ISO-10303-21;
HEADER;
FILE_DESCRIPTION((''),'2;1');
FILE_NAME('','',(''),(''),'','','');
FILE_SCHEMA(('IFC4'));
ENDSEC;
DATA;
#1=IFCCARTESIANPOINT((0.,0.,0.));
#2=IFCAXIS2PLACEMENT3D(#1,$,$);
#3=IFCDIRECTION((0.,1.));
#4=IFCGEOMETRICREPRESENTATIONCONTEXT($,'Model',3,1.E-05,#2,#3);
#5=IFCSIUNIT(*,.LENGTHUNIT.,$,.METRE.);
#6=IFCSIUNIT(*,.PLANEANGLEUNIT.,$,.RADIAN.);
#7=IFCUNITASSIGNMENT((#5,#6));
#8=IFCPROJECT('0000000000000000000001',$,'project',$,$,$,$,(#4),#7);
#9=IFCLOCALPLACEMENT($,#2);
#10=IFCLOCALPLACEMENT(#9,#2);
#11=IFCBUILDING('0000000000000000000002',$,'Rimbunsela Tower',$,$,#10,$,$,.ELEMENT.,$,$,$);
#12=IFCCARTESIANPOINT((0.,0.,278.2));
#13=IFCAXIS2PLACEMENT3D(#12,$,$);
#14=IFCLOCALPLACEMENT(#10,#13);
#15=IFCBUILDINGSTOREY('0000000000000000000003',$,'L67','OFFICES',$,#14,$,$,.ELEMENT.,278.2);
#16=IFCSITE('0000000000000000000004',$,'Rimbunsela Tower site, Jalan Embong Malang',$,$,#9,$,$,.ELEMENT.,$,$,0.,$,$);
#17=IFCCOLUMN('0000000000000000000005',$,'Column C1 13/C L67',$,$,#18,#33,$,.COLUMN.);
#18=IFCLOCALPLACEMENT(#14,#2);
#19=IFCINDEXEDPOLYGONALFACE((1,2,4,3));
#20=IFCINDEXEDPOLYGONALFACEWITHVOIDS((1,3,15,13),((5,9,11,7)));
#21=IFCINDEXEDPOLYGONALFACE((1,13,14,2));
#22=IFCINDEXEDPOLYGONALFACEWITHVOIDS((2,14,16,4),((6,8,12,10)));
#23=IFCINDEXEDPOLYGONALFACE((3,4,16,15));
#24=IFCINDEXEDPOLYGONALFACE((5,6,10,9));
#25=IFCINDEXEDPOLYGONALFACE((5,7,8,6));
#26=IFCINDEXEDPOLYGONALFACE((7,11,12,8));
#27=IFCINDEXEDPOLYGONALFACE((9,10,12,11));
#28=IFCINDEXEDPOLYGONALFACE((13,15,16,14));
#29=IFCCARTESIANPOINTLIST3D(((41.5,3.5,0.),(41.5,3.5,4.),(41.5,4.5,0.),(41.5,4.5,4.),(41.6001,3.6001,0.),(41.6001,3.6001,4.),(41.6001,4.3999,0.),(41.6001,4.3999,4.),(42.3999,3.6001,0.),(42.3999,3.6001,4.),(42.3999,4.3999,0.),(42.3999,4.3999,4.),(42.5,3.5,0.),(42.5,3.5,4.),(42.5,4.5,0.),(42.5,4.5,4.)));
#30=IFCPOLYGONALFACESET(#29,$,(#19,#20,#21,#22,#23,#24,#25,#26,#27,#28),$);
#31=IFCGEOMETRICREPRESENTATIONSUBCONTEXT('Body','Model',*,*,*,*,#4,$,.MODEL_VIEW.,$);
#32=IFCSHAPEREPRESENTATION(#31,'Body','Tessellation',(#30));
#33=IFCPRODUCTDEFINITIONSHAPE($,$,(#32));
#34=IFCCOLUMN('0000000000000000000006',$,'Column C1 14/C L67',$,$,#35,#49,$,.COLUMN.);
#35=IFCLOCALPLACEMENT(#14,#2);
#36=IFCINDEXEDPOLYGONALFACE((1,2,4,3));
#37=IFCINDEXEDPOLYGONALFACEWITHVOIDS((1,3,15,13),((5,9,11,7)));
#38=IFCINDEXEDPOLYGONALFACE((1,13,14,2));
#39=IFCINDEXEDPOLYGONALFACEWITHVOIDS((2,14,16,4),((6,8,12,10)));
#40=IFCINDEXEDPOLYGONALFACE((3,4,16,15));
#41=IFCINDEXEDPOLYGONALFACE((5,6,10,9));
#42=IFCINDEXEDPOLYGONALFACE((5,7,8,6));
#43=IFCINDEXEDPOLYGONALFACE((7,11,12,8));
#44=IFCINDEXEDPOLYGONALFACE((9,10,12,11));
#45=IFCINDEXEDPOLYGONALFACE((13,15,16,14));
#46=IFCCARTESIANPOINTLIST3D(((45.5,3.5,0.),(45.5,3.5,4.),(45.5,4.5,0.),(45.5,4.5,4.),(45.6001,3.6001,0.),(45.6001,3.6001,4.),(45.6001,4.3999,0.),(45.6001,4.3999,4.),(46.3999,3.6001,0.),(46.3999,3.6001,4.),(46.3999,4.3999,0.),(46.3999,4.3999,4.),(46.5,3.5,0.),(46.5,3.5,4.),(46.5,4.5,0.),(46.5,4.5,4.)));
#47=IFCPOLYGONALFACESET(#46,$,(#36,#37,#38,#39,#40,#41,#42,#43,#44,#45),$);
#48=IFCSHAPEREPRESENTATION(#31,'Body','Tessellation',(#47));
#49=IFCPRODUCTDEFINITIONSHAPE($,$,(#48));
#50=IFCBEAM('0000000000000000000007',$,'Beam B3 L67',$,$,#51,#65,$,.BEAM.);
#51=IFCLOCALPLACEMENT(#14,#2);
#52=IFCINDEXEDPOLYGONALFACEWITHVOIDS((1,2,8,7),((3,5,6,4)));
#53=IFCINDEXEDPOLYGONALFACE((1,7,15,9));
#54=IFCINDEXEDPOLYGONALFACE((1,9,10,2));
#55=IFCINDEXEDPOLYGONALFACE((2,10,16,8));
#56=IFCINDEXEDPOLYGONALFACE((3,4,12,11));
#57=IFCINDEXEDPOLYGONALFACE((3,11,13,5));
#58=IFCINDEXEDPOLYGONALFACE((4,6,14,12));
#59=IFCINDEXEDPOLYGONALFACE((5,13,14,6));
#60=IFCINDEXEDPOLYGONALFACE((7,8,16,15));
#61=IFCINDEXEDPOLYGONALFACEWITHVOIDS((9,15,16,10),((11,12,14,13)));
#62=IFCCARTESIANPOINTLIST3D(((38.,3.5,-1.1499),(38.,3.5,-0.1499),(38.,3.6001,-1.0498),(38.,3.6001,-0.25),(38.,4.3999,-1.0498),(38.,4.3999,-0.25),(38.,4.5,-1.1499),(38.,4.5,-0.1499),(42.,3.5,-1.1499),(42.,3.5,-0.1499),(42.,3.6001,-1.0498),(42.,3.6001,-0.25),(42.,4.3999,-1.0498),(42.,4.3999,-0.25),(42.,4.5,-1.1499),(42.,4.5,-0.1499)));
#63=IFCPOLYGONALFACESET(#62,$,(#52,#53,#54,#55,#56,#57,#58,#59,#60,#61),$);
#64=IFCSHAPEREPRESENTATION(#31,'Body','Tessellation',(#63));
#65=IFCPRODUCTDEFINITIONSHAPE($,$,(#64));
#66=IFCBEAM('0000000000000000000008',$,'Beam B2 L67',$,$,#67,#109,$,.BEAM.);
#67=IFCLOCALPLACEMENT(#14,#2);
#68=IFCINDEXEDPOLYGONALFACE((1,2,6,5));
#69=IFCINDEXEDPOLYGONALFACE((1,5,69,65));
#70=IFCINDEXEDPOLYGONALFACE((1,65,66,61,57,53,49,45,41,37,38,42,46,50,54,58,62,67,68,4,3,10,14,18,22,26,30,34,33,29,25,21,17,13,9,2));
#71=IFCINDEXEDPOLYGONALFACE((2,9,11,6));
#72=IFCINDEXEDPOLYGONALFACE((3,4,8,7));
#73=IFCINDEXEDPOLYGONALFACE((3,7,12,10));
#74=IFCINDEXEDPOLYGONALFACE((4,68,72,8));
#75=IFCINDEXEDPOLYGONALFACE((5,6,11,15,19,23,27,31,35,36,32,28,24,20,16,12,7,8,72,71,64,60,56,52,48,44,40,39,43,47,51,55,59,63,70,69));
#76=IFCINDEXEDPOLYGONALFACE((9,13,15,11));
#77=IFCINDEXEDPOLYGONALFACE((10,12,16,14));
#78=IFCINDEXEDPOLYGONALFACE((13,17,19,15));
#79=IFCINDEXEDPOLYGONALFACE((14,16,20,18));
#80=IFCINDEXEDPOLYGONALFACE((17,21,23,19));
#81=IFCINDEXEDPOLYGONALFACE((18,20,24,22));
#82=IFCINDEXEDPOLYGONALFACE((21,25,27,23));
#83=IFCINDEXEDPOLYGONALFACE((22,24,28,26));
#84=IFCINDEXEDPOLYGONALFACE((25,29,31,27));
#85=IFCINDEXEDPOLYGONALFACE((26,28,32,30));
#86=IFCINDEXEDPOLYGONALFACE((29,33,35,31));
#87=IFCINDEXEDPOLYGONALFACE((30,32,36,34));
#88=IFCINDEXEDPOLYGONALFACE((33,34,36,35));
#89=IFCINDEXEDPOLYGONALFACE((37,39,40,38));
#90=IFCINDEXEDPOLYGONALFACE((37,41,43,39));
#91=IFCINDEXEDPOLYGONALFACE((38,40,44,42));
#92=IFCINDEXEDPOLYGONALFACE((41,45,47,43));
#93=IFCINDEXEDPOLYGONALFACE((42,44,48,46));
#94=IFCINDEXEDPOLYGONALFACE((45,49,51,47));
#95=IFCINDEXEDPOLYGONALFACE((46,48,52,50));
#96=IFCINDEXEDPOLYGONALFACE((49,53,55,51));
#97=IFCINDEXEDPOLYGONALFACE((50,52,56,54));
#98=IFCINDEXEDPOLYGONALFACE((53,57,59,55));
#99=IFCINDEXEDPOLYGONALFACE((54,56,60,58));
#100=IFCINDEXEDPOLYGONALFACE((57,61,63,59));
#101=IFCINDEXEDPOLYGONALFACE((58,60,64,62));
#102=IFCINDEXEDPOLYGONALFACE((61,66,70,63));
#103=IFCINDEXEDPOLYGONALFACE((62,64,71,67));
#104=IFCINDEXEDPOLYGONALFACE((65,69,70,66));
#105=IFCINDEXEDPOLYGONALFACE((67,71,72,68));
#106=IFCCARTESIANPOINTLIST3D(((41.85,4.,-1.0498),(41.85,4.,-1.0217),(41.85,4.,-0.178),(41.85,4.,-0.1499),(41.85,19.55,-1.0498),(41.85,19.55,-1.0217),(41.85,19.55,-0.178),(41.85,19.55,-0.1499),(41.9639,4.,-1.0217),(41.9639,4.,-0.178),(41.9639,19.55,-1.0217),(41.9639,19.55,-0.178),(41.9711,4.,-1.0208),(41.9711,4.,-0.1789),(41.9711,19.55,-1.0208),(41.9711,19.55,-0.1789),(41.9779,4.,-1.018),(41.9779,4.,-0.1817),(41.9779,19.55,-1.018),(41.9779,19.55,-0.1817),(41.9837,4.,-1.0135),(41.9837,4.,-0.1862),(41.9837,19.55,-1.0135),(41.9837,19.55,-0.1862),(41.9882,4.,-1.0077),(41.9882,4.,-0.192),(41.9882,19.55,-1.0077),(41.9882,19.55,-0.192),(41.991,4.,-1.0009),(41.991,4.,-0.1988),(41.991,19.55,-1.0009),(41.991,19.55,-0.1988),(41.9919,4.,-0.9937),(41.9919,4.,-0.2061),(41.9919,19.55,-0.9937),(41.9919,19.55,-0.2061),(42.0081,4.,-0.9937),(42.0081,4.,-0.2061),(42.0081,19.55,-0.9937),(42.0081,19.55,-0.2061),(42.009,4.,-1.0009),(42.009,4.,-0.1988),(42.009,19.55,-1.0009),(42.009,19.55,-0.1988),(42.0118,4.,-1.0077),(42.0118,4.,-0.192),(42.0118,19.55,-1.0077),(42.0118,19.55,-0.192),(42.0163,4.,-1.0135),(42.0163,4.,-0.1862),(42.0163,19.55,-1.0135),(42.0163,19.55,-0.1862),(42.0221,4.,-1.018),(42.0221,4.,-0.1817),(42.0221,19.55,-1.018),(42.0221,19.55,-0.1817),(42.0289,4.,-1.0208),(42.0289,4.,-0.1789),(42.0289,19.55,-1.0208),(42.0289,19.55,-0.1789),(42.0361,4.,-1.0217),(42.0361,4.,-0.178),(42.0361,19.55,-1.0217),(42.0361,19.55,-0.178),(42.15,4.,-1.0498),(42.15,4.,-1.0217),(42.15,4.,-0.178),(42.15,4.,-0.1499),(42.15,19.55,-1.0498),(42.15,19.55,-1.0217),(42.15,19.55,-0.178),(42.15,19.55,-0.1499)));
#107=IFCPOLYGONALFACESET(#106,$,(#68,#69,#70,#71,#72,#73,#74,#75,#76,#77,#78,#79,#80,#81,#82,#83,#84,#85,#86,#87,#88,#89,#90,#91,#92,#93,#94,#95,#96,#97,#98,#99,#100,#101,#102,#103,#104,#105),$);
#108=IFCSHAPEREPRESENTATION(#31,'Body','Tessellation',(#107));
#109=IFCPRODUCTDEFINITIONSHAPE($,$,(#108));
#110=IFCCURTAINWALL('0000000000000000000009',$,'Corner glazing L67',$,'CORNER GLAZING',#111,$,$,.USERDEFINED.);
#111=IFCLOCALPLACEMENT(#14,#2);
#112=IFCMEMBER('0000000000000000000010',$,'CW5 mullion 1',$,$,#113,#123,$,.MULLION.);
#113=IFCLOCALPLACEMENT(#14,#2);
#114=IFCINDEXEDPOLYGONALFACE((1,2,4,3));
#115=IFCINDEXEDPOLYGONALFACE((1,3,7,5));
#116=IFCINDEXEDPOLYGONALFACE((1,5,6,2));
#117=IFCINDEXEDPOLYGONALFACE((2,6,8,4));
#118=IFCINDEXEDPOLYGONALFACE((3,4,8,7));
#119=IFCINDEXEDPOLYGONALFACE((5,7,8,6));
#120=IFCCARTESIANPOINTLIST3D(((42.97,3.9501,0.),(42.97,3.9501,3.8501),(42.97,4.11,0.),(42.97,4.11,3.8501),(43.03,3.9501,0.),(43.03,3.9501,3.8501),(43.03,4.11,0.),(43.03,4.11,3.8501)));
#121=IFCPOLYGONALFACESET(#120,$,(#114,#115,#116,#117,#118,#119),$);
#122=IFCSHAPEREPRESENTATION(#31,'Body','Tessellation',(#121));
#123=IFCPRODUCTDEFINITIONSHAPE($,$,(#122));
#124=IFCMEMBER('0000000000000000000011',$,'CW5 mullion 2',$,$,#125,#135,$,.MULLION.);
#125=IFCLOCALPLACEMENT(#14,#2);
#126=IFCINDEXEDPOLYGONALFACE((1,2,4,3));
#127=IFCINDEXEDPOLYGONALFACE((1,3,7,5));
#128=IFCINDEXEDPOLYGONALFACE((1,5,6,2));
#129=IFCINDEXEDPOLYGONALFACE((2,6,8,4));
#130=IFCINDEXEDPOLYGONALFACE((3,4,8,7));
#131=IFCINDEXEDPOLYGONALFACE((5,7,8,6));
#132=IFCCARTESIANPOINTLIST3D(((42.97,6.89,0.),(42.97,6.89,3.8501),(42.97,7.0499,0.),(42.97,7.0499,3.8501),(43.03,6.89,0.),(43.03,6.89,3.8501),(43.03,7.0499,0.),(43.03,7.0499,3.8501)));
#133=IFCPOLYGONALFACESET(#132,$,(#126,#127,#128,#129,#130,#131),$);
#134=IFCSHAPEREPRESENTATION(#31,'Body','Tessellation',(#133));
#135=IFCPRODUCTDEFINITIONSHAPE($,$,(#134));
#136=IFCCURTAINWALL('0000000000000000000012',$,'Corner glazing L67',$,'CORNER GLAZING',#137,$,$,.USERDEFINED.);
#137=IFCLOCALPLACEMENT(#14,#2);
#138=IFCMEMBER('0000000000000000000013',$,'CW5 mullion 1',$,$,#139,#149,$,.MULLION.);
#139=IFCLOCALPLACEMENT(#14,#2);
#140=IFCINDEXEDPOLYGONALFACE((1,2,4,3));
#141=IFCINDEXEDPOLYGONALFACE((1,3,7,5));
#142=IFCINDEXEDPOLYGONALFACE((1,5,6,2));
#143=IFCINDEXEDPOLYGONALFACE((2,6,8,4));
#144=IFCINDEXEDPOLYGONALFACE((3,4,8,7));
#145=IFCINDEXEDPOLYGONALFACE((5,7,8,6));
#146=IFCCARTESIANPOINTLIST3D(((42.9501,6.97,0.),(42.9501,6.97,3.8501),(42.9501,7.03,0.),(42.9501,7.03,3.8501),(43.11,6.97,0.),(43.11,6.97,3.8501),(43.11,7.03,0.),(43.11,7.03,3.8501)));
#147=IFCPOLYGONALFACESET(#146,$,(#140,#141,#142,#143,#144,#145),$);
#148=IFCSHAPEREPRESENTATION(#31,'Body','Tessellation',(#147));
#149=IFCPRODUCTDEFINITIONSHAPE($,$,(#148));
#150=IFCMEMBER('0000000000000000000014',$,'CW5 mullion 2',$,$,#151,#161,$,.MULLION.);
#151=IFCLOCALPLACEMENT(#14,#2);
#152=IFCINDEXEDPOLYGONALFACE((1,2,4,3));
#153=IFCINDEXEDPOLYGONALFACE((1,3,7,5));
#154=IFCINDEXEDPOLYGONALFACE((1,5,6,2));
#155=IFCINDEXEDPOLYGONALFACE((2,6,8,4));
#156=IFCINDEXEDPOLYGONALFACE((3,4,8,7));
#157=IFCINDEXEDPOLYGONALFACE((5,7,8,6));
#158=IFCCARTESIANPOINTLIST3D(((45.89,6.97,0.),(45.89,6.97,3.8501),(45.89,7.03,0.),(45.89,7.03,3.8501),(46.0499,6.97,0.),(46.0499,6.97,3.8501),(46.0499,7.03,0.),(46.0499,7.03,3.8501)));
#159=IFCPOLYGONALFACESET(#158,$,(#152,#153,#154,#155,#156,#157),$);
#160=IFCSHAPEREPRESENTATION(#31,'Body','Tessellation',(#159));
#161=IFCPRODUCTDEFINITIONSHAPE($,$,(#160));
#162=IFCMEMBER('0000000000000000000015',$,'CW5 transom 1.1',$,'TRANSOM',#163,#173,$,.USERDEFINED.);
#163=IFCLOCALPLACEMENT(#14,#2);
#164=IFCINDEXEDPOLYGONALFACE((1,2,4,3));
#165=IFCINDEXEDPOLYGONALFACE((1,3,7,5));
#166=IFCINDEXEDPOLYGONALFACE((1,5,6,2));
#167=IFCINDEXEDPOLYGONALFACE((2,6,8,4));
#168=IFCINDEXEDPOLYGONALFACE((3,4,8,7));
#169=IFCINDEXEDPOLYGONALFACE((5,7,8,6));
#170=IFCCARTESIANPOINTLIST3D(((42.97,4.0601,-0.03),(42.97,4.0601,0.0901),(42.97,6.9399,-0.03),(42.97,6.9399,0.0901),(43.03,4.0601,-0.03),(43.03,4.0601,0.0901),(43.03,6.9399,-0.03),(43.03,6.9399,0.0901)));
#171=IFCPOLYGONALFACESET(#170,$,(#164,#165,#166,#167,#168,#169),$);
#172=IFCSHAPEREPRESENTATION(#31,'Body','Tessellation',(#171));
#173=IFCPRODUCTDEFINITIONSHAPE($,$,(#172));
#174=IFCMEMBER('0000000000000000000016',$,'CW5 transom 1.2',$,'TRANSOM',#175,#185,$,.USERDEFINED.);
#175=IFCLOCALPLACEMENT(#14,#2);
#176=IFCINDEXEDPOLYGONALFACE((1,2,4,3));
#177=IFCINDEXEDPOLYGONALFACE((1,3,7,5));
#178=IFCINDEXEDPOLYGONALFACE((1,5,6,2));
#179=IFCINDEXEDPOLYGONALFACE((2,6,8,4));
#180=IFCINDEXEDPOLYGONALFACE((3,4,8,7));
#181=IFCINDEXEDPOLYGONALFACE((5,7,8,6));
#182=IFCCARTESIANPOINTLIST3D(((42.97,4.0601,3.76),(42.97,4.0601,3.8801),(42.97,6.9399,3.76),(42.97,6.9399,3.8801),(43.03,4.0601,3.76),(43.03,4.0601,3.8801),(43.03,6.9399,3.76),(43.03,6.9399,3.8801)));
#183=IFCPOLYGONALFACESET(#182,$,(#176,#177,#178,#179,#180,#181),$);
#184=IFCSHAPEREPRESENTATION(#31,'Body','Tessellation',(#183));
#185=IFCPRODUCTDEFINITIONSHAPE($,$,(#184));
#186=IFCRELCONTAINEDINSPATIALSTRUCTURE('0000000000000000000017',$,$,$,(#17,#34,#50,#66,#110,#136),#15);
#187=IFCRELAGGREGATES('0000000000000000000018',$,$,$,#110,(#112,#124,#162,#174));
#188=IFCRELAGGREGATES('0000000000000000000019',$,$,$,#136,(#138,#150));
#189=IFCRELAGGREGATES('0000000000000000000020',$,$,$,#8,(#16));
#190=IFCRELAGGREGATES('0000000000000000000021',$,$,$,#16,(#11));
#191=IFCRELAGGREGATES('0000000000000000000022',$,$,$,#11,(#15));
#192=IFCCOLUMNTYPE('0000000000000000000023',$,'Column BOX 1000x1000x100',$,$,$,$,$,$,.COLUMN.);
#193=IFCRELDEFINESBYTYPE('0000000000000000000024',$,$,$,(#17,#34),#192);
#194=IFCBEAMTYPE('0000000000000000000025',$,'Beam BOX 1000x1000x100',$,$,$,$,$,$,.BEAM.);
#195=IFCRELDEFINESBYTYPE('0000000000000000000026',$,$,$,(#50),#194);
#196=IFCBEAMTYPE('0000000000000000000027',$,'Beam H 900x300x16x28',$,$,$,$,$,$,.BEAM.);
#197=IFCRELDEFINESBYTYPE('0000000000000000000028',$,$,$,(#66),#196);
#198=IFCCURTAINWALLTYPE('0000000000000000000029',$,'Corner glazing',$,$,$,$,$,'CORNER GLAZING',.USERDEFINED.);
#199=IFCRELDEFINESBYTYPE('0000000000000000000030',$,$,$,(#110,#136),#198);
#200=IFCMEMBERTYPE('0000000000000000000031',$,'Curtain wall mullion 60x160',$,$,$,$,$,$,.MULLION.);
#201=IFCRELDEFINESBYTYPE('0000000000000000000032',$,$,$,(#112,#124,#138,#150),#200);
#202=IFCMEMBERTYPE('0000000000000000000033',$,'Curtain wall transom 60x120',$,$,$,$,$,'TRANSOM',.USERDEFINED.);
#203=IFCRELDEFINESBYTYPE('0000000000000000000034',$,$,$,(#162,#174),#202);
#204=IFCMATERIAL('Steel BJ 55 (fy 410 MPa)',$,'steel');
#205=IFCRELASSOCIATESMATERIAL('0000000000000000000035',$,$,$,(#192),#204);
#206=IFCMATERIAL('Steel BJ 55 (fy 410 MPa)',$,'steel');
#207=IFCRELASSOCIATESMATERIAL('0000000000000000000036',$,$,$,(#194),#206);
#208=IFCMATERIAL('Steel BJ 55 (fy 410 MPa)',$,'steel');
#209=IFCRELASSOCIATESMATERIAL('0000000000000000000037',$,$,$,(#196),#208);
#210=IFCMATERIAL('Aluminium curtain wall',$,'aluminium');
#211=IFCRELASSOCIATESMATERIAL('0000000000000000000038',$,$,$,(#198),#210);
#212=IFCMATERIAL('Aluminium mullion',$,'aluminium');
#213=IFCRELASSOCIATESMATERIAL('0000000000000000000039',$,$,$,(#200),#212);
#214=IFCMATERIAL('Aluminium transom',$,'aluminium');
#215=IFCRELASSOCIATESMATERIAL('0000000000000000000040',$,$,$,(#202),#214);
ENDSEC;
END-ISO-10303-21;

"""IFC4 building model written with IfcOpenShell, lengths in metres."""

from ifc_helpers import new_model, si_unit, direction, frame, origin, origin_2d, place, context, subcontext, project, spatial, rectangle, hollow_rectangle, i_section, extrude, material, material_profile, profile_set, type_object, element, aggregate, save


model = new_model("IFC4")

# Units and contexts
model_context = context("Model", 3, precision=1e-05, world=origin(), true_north=direction((0.0, 1.0)))
body_context = subcontext(model_context, "Body", "Model", "MODEL_VIEW")
ifc_project = project(units=[si_unit("LENGTHUNIT", "METRE"), si_unit("PLANEANGLEUNIT", "RADIAN")], contexts=[model_context])

# Site, building, storey
site_placement = place(None, origin())
site = spatial("IfcSite", under=ifc_project, at=site_placement, Name="Rimbunsela Tower site, Jalan Embong Malang", CompositionType="ELEMENT", RefElevation=0.0)
building_placement = place(site_placement, origin())
building = spatial("IfcBuilding", under=site, at=building_placement, Name="Rimbunsela Tower", CompositionType="ELEMENT")
storey_placement = place(building_placement, frame((0.0, 0.0, 278.2)))
storey = spatial("IfcBuildingStorey", under=building, at=storey_placement, Name="L67", Description="OFFICES", CompositionType="ELEMENT", Elevation=278.2)

# Columns
ifc_material_1 = material(Name="Steel BJ 55 (fy 410 MPa)", Category="steel")
ifc_material_profile_1 = material_profile(ifc_material_1, hollow_rectangle(XDim=1.0, YDim=1.0, WallThickness=0.1001, at=origin_2d()), Name="BOX 1000x1000x100")
ifc_profile_set_1 = profile_set([ifc_material_profile_1], Name="Steel BJ 55 (fy 410 MPa)")
column_type = type_object("IfcColumnType", Name="Column BOX 1000x1000x100", PredefinedType="COLUMN", material=ifc_profile_set_1)
for number, where, z_axis, x_axis, name in (
    (1, (42.0, 4.0, 0.0), (0.0, 0.0, 1.0), (1.0, 0.0, 0.0), "Column C1 13/C L67"),
    (2, (46.0, 4.0, 0.0), (0.0, 0.0, 1.0), (1.0, 0.0, 0.0), "Column C1 14/C L67"),
):
    element("IfcColumn", number, at=place(storey_placement, frame(where, z_axis=z_axis, x_axis=x_axis)), inside=storey, type_object=column_type, Name=name, PredefinedType="COLUMN", context=body_context, shape_type="SweptSolid", body=[
        extrude(hollow_rectangle(XDim=1.0, YDim=1.0, WallThickness=0.1001, at=origin_2d()), origin(), (0.0, 0.0, 1.0), 4.0),
    ])

# Beams
ifc_material_2 = material(Name="Steel BJ 55 (fy 410 MPa)", Category="steel")
ifc_material_profile_2 = material_profile(ifc_material_2, hollow_rectangle(XDim=1.0, YDim=1.0, WallThickness=0.1001, at=origin_2d()), Name="BOX 1000x1000x100")
ifc_profile_set_2 = profile_set([ifc_material_profile_2], Name="Steel BJ 55 (fy 410 MPa)")
beam_type_1 = type_object("IfcBeamType", Name="Beam BOX 1000x1000x100", PredefinedType="BEAM", material=ifc_profile_set_2)
beam_1_placement = place(storey_placement, frame((38.0, 4.0, -0.6499), z_axis=(1.0, 0.0, 0.0), x_axis=(0.0, 1.0, 0.0)))
element("IfcBeam", 3, at=beam_1_placement, inside=storey, type_object=beam_type_1, Name="Beam B3 L67", PredefinedType="BEAM", context=body_context, shape_type="SweptSolid", body=[
    extrude(hollow_rectangle(XDim=1.0, YDim=1.0, WallThickness=0.1001, at=origin_2d()), origin(), (0.0, 0.0, 1.0), 4.0),
])
ifc_material_3 = material(Name="Steel BJ 55 (fy 410 MPa)", Category="steel")
ifc_material_profile_3 = material_profile(ifc_material_3, i_section(OverallWidth=0.3, OverallDepth=0.8999, WebThickness=0.0161, FlangeThickness=0.0281, FilletRadius=0.0281, at=origin_2d()), Name="H 900x300x16x28")
ifc_profile_set_3 = profile_set([ifc_material_profile_3], Name="Steel BJ 55 (fy 410 MPa)")
beam_type_2 = type_object("IfcBeamType", Name="Beam H 900x300x16x28", PredefinedType="BEAM", material=ifc_profile_set_3)
beam_2_placement = place(storey_placement, frame((42.0, 4.0, -0.5999), z_axis=(0.0, 1.0, 0.0), x_axis=(-1.0, 0.0, 0.0)))
element("IfcBeam", 4, at=beam_2_placement, inside=storey, type_object=beam_type_2, Name="Beam B2 L67", PredefinedType="BEAM", context=body_context, shape_type="SweptSolid", body=[
    extrude(i_section(OverallWidth=0.3, OverallDepth=0.8999, WebThickness=0.0161, FlangeThickness=0.0281, FilletRadius=0.0281, at=origin_2d()), origin(), (0.0, 0.0, 1.0), 15.55),
])

# Curtain walls, members
ifc_material_4 = material(Name="Aluminium curtain wall", Category="aluminium")
curtain_wall_type = type_object("IfcCurtainWallType", Name="Corner glazing", ElementType="CORNER GLAZING", PredefinedType="USERDEFINED", material=ifc_material_4)
curtain_wall_1_placement = place(storey_placement, origin())
curtain_wall_1 = element("IfcCurtainWall", 5, at=curtain_wall_1_placement, inside=storey, type_object=curtain_wall_type, Name="Corner glazing L67", ObjectType="CORNER GLAZING", PredefinedType="USERDEFINED")
ifc_material_5 = material(Name="Aluminium mullion", Category="aluminium")
ifc_material_profile_4 = material_profile(ifc_material_5, rectangle(XDim=0.0601, YDim=0.1599, at=origin_2d()), Name="Mullion 60x160")
ifc_profile_set_4 = profile_set([ifc_material_profile_4], Name="Aluminium mullion")
member_type_1 = type_object("IfcMemberType", Name="Curtain wall mullion 60x160", PredefinedType="MULLION", material=ifc_profile_set_4)
member_1_placement = place(storey_placement, frame((43.0, 4.03, 0.0), z_axis=(0.0, 0.0, 1.0), x_axis=(-1.0, 0.0, 0.0)))
member_1 = element("IfcMember", 6, at=member_1_placement, type_object=member_type_1, Name="CW5 mullion 1", PredefinedType="MULLION", context=body_context, shape_type="SweptSolid", body=[
    extrude(rectangle(XDim=0.0601, YDim=0.1599, at=origin_2d()), origin(), (0.0, 0.0, 1.0), 3.8501),
])
member_2_placement = place(storey_placement, frame((43.0, 6.97, 0.0), z_axis=(0.0, 0.0, 1.0), x_axis=(-1.0, 0.0, 0.0)))
member_2 = element("IfcMember", 7, at=member_2_placement, type_object=member_type_1, Name="CW5 mullion 2", PredefinedType="MULLION", context=body_context, shape_type="SweptSolid", body=[
    extrude(rectangle(XDim=0.0601, YDim=0.1599, at=origin_2d()), origin(), (0.0, 0.0, 1.0), 3.8501),
])
curtain_wall_2_placement = place(storey_placement, origin())
curtain_wall_2 = element("IfcCurtainWall", 8, at=curtain_wall_2_placement, inside=storey, type_object=curtain_wall_type, Name="Corner glazing L67", ObjectType="CORNER GLAZING", PredefinedType="USERDEFINED")
member_3_placement = place(storey_placement, frame((43.03, 7.0, 0.0), z_axis=(0.0, 0.0, 1.0), x_axis=(0.0, 1.0, 0.0)))
member_3 = element("IfcMember", 9, at=member_3_placement, type_object=member_type_1, Name="CW5 mullion 1", PredefinedType="MULLION", context=body_context, shape_type="SweptSolid", body=[
    extrude(rectangle(XDim=0.0601, YDim=0.1599, at=origin_2d()), origin(), (0.0, 0.0, 1.0), 3.8501),
])
member_4_placement = place(storey_placement, frame((45.97, 7.0, 0.0), z_axis=(0.0, 0.0, 1.0), x_axis=(0.0, 1.0, 0.0)))
member_4 = element("IfcMember", 10, at=member_4_placement, type_object=member_type_1, Name="CW5 mullion 2", PredefinedType="MULLION", context=body_context, shape_type="SweptSolid", body=[
    extrude(rectangle(XDim=0.0601, YDim=0.1599, at=origin_2d()), origin(), (0.0, 0.0, 1.0), 3.8501),
])

# Members
ifc_material_6 = material(Name="Aluminium transom", Category="aluminium")
ifc_material_profile_5 = material_profile(ifc_material_6, rectangle(XDim=0.0601, YDim=0.1201, at=origin_2d()), Name="Transom 60x120")
ifc_profile_set_5 = profile_set([ifc_material_profile_5], Name="Aluminium transom")
member_type_2 = type_object("IfcMemberType", Name="Curtain wall transom 60x120", ElementType="TRANSOM", PredefinedType="USERDEFINED", material=ifc_profile_set_5)
member_5_placement = place(storey_placement, frame((43.0, 4.0601, 0.03), z_axis=(0.0, 1.0, 0.0), x_axis=(-1.0, 0.0, 0.0)))
member_5 = element("IfcMember", 11, at=member_5_placement, type_object=member_type_2, Name="CW5 transom 1.1", ObjectType="TRANSOM", PredefinedType="USERDEFINED", context=body_context, shape_type="SweptSolid", body=[
    extrude(rectangle(XDim=0.0601, YDim=0.1201, at=origin_2d()), origin(), (0.0, 0.0, 1.0), 2.8799),
])
member_6_placement = place(storey_placement, frame((43.0, 4.0601, 3.8201), z_axis=(0.0, 1.0, 0.0), x_axis=(-1.0, 0.0, 0.0)))
member_6 = element("IfcMember", 12, at=member_6_placement, type_object=member_type_2, Name="CW5 transom 1.2", ObjectType="TRANSOM", PredefinedType="USERDEFINED", context=body_context, shape_type="SweptSolid", body=[
    extrude(rectangle(XDim=0.0601, YDim=0.1201, at=origin_2d()), origin(), (0.0, 0.0, 1.0), 2.8799),
])

aggregate(curtain_wall_1, [member_1, member_2, member_5, member_6])
aggregate(curtain_wall_2, [member_3, member_4])

save(model, "model.ifc")
